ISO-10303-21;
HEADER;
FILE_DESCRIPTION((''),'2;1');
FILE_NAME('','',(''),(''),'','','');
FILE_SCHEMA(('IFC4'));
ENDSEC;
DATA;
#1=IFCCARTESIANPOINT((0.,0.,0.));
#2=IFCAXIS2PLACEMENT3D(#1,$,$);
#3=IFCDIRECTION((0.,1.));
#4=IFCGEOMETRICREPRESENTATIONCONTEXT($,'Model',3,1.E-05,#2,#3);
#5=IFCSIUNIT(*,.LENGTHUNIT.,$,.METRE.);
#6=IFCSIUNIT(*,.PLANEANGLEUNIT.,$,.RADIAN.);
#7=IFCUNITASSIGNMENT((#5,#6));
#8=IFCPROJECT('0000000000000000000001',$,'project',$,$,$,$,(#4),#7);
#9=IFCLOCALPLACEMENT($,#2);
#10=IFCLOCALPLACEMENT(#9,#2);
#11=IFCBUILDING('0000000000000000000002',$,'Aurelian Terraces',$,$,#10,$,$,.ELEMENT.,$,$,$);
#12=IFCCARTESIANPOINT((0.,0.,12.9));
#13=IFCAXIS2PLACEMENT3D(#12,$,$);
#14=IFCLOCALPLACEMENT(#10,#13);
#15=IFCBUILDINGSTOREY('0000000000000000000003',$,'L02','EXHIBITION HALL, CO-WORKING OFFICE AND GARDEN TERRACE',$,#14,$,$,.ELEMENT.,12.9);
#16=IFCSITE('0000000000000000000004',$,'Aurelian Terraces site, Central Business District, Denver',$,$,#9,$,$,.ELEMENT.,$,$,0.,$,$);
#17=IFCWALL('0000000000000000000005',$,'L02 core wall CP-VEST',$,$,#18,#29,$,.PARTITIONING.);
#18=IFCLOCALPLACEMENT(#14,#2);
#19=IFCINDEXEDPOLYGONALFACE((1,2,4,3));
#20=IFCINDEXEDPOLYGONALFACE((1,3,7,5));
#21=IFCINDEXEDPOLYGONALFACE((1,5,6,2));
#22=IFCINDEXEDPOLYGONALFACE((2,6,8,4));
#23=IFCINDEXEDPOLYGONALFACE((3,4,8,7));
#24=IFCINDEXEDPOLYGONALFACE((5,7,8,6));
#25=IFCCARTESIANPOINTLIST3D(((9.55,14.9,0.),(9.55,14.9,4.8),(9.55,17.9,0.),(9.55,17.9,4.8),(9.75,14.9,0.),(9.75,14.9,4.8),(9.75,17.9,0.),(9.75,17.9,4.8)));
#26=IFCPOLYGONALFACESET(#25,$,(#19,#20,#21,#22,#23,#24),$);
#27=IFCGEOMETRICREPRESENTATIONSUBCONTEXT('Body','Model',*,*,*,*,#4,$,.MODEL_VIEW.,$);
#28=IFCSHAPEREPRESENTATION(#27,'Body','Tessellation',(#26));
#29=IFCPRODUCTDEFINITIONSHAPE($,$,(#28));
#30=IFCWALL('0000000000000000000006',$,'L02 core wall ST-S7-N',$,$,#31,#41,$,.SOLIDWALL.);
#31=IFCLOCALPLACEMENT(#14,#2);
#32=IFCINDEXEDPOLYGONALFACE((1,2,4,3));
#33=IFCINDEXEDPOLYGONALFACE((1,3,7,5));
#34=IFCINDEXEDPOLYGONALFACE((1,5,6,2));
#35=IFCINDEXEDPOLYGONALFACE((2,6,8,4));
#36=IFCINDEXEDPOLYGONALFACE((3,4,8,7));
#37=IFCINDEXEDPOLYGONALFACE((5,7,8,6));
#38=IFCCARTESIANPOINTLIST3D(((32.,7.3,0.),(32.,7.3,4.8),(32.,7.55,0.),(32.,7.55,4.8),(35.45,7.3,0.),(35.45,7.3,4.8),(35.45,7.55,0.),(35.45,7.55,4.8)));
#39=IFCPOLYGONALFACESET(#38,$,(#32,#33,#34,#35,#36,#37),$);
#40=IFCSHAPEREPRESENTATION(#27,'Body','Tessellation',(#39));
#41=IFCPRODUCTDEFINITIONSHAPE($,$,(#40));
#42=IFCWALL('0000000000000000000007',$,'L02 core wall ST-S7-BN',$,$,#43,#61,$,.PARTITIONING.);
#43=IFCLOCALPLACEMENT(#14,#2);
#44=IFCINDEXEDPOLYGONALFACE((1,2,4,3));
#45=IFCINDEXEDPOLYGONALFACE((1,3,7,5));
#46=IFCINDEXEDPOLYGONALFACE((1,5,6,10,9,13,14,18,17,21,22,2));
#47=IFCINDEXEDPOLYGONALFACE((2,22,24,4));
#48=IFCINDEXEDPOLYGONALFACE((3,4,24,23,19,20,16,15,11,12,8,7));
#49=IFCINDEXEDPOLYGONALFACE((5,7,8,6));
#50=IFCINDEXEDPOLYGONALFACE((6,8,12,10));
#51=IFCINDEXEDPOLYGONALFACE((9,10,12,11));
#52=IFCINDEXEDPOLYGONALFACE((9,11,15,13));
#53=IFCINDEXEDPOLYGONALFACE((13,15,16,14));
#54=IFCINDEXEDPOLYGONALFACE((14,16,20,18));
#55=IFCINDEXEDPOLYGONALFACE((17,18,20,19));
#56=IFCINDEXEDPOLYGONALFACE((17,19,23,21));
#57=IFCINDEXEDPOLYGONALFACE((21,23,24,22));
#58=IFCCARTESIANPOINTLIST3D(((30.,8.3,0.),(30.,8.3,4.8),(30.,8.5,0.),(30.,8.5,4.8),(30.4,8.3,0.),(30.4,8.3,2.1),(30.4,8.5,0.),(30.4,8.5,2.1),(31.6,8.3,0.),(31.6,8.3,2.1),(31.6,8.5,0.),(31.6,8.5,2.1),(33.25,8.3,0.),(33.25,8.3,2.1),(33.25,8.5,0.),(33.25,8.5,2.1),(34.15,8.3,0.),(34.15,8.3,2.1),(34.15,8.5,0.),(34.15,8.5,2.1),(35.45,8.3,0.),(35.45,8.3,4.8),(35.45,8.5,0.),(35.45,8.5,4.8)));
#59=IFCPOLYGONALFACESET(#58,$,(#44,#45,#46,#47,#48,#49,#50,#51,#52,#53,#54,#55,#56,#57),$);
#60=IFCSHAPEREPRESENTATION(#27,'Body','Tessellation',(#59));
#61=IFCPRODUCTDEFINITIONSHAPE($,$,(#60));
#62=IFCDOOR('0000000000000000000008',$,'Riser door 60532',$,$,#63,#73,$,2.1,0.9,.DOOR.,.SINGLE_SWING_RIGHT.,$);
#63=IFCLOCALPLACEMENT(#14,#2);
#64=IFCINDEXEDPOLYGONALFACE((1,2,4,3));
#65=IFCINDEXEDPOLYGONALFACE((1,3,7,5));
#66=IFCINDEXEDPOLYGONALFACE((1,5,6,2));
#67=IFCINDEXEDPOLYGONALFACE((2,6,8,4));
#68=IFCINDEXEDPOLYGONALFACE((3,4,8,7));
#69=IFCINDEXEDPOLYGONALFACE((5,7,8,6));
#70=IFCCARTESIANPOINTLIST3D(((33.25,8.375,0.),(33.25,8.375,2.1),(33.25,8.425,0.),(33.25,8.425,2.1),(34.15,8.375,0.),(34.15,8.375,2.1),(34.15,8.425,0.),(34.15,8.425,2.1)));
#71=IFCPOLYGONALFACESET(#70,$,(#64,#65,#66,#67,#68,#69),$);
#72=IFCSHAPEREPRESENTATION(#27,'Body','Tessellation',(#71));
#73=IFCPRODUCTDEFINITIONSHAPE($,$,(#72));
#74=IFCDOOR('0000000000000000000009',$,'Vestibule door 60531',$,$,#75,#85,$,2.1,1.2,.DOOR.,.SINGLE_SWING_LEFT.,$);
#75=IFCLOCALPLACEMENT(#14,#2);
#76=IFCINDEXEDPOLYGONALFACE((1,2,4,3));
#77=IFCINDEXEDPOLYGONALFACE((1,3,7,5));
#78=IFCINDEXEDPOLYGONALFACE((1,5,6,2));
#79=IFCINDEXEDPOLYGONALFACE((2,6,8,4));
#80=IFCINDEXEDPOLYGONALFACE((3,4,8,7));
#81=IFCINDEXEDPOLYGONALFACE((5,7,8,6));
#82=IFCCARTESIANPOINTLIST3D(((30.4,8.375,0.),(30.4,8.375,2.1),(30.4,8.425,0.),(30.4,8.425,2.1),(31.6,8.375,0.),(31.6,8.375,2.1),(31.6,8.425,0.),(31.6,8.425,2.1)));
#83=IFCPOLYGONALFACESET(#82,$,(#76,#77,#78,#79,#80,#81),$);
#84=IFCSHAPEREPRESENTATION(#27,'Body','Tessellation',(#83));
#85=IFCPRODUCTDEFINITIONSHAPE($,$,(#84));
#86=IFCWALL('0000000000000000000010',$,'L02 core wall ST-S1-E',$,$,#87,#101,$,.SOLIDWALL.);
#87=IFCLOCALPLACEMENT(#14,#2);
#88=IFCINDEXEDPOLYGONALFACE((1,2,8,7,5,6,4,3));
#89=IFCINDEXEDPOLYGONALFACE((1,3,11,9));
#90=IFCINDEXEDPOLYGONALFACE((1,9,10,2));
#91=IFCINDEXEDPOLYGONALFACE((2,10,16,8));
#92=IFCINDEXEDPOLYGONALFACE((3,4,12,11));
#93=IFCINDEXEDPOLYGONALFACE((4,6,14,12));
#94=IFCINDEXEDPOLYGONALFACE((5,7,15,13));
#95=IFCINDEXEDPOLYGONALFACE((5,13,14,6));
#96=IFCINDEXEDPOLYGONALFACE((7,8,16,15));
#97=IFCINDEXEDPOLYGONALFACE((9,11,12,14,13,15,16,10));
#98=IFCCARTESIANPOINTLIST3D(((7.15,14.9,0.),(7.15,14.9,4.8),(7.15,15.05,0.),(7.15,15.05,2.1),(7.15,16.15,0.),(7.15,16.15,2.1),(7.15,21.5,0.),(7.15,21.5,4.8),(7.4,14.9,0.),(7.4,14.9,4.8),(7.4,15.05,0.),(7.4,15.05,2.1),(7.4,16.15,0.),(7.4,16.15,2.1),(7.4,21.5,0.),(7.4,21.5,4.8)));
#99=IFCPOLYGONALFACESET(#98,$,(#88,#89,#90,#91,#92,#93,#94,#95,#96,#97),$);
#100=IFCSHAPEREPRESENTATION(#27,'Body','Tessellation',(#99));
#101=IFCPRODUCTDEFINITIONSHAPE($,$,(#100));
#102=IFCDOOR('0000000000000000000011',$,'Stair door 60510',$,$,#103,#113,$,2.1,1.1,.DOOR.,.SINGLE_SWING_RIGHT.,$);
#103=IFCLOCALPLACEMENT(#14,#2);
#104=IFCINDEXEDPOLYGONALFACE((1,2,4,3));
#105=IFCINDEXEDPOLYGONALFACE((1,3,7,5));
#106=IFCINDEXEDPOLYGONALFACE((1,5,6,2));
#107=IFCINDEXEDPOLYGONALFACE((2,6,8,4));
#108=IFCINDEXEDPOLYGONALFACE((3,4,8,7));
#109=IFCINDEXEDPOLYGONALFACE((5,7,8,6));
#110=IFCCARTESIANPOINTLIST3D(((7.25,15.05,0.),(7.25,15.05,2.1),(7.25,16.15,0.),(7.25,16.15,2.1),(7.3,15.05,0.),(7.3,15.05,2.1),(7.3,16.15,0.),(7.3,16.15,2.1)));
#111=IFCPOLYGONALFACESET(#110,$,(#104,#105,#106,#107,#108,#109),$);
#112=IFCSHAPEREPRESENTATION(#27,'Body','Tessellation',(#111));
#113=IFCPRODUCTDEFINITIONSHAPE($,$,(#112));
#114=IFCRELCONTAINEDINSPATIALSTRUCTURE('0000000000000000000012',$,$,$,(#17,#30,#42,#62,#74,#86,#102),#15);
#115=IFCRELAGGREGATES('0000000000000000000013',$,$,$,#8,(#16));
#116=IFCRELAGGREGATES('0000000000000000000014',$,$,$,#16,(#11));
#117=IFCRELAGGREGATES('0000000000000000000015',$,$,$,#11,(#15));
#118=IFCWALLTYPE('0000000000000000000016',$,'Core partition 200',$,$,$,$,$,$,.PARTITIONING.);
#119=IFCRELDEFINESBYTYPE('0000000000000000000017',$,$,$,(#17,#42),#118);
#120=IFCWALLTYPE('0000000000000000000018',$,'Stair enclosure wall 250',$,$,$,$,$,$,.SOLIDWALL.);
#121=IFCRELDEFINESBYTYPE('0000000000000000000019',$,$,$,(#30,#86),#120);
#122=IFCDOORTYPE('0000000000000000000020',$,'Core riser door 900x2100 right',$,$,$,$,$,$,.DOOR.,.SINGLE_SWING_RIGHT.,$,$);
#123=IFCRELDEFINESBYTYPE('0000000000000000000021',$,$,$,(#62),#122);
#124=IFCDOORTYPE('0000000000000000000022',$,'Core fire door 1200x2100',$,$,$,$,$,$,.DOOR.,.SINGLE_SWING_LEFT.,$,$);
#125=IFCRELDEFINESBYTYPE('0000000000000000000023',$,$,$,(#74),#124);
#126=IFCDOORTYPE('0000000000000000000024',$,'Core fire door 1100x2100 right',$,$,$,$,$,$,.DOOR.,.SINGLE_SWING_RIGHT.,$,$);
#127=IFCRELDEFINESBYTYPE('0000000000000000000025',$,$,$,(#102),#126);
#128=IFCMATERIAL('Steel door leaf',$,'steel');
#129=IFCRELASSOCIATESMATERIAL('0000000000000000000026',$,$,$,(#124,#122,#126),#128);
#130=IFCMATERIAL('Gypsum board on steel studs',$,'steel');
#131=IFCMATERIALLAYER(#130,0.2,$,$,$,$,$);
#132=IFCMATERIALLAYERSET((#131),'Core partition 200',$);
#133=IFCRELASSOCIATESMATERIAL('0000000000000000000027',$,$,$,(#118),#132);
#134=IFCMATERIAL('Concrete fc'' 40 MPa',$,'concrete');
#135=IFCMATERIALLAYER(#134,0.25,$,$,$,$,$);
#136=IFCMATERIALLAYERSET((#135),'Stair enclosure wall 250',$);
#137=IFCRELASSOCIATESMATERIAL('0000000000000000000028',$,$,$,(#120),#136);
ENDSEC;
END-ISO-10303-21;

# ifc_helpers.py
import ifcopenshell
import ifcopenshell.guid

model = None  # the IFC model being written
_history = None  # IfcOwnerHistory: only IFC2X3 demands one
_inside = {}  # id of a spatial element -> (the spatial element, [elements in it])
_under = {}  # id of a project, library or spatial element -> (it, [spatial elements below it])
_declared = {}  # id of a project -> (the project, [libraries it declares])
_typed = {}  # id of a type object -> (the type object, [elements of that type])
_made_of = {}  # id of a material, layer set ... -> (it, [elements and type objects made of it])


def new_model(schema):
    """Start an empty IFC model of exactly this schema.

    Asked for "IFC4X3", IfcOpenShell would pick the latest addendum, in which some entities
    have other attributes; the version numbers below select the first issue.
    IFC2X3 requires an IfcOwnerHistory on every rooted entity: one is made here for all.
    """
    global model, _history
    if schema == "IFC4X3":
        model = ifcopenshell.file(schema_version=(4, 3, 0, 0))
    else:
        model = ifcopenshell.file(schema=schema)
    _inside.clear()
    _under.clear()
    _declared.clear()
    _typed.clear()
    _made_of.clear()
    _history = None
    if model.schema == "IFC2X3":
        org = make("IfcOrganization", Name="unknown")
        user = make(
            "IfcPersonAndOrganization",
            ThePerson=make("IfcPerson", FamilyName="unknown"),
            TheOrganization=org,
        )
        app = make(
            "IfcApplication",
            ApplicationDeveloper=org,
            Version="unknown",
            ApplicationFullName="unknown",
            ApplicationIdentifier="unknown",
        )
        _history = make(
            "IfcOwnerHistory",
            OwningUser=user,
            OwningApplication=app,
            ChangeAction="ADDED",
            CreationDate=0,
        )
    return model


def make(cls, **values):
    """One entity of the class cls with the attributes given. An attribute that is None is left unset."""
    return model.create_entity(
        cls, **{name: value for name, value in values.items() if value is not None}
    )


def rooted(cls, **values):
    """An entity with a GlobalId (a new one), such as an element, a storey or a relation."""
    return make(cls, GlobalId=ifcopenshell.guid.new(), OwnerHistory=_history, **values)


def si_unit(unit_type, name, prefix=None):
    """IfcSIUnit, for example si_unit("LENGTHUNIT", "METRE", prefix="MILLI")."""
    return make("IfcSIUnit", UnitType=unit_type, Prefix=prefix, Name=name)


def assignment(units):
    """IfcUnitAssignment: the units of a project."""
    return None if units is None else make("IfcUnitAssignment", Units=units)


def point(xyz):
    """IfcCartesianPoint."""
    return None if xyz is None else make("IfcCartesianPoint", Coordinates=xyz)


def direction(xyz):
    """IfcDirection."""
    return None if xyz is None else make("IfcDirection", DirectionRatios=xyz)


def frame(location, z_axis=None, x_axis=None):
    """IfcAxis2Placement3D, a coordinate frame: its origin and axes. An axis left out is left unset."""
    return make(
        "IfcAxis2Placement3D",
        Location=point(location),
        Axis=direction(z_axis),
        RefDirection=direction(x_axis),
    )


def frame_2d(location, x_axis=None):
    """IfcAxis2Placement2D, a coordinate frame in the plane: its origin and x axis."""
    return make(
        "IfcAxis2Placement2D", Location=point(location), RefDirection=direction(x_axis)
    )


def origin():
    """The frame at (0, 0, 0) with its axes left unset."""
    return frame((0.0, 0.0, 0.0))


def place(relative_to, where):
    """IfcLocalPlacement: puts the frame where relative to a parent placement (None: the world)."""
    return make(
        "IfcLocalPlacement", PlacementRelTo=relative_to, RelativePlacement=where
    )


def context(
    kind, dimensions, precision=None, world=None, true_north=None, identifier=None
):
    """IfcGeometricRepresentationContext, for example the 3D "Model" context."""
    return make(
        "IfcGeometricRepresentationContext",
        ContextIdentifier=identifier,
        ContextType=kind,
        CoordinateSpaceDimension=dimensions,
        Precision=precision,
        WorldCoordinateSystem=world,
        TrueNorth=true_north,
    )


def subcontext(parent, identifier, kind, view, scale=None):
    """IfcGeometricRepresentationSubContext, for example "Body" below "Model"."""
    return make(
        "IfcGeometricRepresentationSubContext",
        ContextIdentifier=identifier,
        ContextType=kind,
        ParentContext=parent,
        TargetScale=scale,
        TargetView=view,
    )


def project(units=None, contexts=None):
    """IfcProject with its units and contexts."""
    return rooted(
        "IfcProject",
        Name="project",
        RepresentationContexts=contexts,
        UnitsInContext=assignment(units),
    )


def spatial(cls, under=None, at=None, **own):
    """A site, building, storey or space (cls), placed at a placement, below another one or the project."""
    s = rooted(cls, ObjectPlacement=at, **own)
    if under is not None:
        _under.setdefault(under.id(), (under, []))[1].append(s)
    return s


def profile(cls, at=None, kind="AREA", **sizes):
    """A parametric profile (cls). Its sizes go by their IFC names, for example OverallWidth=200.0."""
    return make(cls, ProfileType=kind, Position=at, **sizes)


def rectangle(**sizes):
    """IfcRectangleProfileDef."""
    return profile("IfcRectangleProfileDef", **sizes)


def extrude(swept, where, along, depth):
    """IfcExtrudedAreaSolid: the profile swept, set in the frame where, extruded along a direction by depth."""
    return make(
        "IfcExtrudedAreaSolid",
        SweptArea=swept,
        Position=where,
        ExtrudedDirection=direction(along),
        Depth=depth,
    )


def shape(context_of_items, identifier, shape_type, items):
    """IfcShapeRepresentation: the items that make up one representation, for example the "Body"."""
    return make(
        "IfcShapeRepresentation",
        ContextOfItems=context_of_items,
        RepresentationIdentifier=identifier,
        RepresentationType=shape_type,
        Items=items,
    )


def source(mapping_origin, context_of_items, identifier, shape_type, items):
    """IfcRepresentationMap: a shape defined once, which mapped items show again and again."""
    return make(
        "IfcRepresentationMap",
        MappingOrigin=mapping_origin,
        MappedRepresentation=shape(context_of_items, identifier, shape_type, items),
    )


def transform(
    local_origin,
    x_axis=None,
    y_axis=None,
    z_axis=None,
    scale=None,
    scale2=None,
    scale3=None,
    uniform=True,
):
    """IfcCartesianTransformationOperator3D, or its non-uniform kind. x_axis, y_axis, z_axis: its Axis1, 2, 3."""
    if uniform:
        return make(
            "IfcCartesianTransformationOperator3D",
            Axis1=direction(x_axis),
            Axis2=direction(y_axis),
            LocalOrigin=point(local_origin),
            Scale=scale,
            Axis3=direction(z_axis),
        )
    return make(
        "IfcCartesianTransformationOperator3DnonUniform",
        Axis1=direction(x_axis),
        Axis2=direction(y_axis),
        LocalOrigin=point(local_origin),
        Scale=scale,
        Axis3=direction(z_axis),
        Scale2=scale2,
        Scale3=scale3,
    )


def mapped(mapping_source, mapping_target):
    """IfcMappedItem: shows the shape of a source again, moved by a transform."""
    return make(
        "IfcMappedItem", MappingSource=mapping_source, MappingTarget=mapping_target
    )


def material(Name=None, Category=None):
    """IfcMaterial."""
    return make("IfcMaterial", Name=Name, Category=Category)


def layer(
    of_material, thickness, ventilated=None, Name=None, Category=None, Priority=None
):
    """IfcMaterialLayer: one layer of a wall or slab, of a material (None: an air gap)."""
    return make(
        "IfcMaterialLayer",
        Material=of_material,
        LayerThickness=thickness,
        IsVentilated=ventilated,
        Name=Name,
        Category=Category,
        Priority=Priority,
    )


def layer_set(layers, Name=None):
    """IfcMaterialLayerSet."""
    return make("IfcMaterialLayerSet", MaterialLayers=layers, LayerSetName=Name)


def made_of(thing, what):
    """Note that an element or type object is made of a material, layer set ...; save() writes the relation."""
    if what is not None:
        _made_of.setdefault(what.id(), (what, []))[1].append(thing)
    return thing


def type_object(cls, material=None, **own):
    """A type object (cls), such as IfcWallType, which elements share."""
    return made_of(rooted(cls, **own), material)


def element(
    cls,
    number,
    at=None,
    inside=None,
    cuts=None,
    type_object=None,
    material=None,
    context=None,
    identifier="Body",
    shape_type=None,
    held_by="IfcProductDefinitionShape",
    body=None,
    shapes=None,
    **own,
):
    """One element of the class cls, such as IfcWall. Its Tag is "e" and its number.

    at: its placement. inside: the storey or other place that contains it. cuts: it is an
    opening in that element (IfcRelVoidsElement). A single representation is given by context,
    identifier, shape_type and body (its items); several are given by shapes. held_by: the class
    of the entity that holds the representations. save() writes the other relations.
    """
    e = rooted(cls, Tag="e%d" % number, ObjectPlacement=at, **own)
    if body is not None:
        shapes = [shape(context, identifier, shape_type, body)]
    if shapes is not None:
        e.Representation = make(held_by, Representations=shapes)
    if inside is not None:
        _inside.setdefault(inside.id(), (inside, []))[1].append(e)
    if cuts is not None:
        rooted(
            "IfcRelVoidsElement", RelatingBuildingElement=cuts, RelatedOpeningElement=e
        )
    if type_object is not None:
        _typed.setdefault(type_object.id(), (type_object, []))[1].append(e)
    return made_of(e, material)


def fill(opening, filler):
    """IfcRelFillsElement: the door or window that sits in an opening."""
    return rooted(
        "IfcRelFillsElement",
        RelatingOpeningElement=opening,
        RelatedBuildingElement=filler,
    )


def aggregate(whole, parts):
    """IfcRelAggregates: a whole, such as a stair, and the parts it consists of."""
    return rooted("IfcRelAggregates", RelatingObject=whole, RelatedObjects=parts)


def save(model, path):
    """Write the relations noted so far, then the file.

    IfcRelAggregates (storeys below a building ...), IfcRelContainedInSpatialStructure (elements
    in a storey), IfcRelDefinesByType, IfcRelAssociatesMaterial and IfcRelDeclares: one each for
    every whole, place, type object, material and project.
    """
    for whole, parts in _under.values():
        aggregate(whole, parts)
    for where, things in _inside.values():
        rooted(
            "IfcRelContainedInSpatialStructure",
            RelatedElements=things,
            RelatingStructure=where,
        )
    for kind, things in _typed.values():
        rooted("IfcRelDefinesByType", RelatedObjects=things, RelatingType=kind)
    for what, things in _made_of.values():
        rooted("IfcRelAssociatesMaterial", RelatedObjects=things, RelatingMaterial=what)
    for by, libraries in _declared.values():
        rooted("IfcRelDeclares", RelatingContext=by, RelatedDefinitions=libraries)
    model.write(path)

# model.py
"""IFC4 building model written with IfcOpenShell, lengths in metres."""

from ifc_helpers import new_model, si_unit, direction, frame, frame_2d, origin, place, context, subcontext, project, spatial, rectangle, extrude, source, transform, mapped, material, layer, layer_set, type_object, element, fill, save


model = new_model("IFC4")

# Units and contexts
model_context = context("Model", 3, precision=1e-05, world=origin(), true_north=direction((0.0, 1.0)))
body_context = subcontext(model_context, "Body", "Model", "MODEL_VIEW")
ifc_project = project(units=[si_unit("LENGTHUNIT", "METRE"), si_unit("PLANEANGLEUNIT", "RADIAN")], contexts=[model_context])

# Site, building, storey
site_placement = place(None, origin())
site = spatial("IfcSite", under=ifc_project, at=site_placement, Name="Aurelian Terraces site, Central Business District, Denver", CompositionType="ELEMENT", RefElevation=0.0)
building_placement = place(site_placement, origin())
building = spatial("IfcBuilding", under=site, at=building_placement, Name="Aurelian Terraces", CompositionType="ELEMENT")
storey_placement = place(building_placement, frame((0.0, 0.0, 12.9)))
storey = spatial("IfcBuildingStorey", under=building, at=storey_placement, Name="L02", Description="EXHIBITION HALL, CO-WORKING OFFICE AND GARDEN TERRACE", CompositionType="ELEMENT", Elevation=12.9)

# Shared definitions
ifc_material_1 = material(Name="Steel door leaf", Category="steel")
door_type_1 = type_object("IfcDoorType", Name="Core fire door 1200x2100", OperationType="SINGLE_SWING_LEFT", PredefinedType="DOOR", material=ifc_material_1)
shared_shape_1 = source(origin(), body_context, "Body", "SweptSolid", [
    extrude(rectangle(XDim=1.2, YDim=2.1, at=frame_2d((0.6, 1.05))), frame((0.0, 0.025, 0.0), z_axis=(0.0, -1.0, 0.0), x_axis=(1.0, 0.0, 0.0)), (0.0, 0.0, 1.0), 0.05),
])

# Walls
ifc_material_2 = material(Name="Concrete fc' 40 MPa", Category="concrete")
ifc_material_3 = material(Name="Gypsum board on steel studs", Category="steel")
ifc_layer_1 = layer(ifc_material_3, 0.2)
ifc_layer_set_1 = layer_set([ifc_layer_1], Name="Core partition 200")
wall_type_1 = type_object("IfcWallType", Name="Core partition 200", PredefinedType="PARTITIONING", material=ifc_layer_set_1)
shared_shape_2 = source(origin(), body_context, "Body", "SweptSolid", [
    extrude(rectangle(XDim=3.0, YDim=0.2, at=frame_2d((1.5, 0.0))), origin(), (0.0, 0.0, 1.0), 4.8),
])
wall_1_placement = place(storey_placement, frame((9.65, 14.9, 0.0), z_axis=(0.0, 0.0, 1.0), x_axis=(0.0, 1.0, 0.0)))
element("IfcWall", 1, at=wall_1_placement, inside=storey, type_object=wall_type_1, Name="L02 core wall CP-VEST", PredefinedType="PARTITIONING", context=body_context, shape_type="MappedRepresentation", body=[
    mapped(shared_shape_2, transform((0.0, 0.0, 0.0), scale=1.0)),
])
ifc_layer_2 = layer(ifc_material_2, 0.25)
ifc_layer_set_2 = layer_set([ifc_layer_2], Name="Stair enclosure wall 250")
wall_type_2 = type_object("IfcWallType", Name="Stair enclosure wall 250", PredefinedType="SOLIDWALL", material=ifc_layer_set_2)
shared_shape_3 = source(origin(), body_context, "Body", "SweptSolid", [
    extrude(rectangle(XDim=3.45, YDim=0.25, at=frame_2d((1.725, 0.0))), origin(), (0.0, 0.0, 1.0), 4.8),
])
wall_2_placement = place(storey_placement, frame((32.0, 7.425, 0.0), z_axis=(0.0, 0.0, 1.0), x_axis=(1.0, 0.0, 0.0)))
element("IfcWall", 2, at=wall_2_placement, inside=storey, type_object=wall_type_2, Name="L02 core wall ST-S7-N", PredefinedType="SOLIDWALL", context=body_context, shape_type="MappedRepresentation", body=[
    mapped(shared_shape_3, transform((0.0, 0.0, 0.0), scale=1.0)),
])

# Wall, openings, doors
shared_shape_4 = source(origin(), body_context, "Body", "SweptSolid", [
    extrude(rectangle(XDim=5.45, YDim=0.2, at=frame_2d((2.725, 0.0))), origin(), (0.0, 0.0, 1.0), 4.8),
])
wall_3_placement = place(storey_placement, frame((30.0, 8.4, 0.0), z_axis=(0.0, 0.0, 1.0), x_axis=(1.0, 0.0, 0.0)))
wall_3 = element("IfcWall", 3, at=wall_3_placement, inside=storey, type_object=wall_type_1, Name="L02 core wall ST-S7-BN", PredefinedType="PARTITIONING", context=body_context, shape_type="MappedRepresentation", body=[
    mapped(shared_shape_4, transform((0.0, 0.0, 0.0), scale=1.0)),
])
shared_shape_5 = source(origin(), body_context, "Body", "SweptSolid", [
    extrude(rectangle(XDim=1.2, YDim=2.1, at=frame_2d((0.6, 1.05))), frame((0.0, 0.11, 0.0), z_axis=(0.0, -1.0, 0.0), x_axis=(1.0, 0.0, 0.0)), (0.0, 0.0, 1.0), 0.22),
])
opening_1_placement = place(wall_3_placement, frame((0.4, 0.0, 0.0)))
opening_1 = element("IfcOpeningElement", 4, at=opening_1_placement, cuts=wall_3, PredefinedType="OPENING", context=body_context, shape_type="MappedRepresentation", body=[
    mapped(shared_shape_5, transform((0.0, 0.0, 0.0), scale=1.0)),
])
shared_shape_6 = source(origin(), body_context, "Body", "SweptSolid", [
    extrude(rectangle(XDim=0.9, YDim=2.1, at=frame_2d((0.45, 1.05))), frame((0.0, 0.11, 0.0), z_axis=(0.0, -1.0, 0.0), x_axis=(1.0, 0.0, 0.0)), (0.0, 0.0, 1.0), 0.22),
])
opening_2_placement = place(wall_3_placement, frame((3.25, 0.0, 0.0)))
opening_2 = element("IfcOpeningElement", 5, at=opening_2_placement, cuts=wall_3, PredefinedType="OPENING", context=body_context, shape_type="MappedRepresentation", body=[
    mapped(shared_shape_6, transform((0.0, 0.0, 0.0), scale=1.0)),
])
door_type_2 = type_object("IfcDoorType", Name="Core riser door 900x2100 right", OperationType="SINGLE_SWING_RIGHT", PredefinedType="DOOR", material=ifc_material_1)
shared_shape_7 = source(origin(), body_context, "Body", "SweptSolid", [
    extrude(rectangle(XDim=0.9, YDim=2.1, at=frame_2d((0.45, 1.05))), frame((0.0, 0.025, 0.0), z_axis=(0.0, -1.0, 0.0), x_axis=(1.0, 0.0, 0.0)), (0.0, 0.0, 1.0), 0.05),
])
door_1_placement = place(opening_2_placement, origin())
door_1 = element("IfcDoor", 6, at=door_1_placement, inside=storey, type_object=door_type_2, Name="Riser door 60532", OperationType="SINGLE_SWING_RIGHT", OverallHeight=2.1, OverallWidth=0.9, PredefinedType="DOOR", context=body_context, shape_type="MappedRepresentation", body=[
    mapped(shared_shape_7, transform((0.0, 0.0, 0.0), scale=1.0)),
])
fill(opening_2, door_1)
door_2_placement = place(opening_1_placement, origin())
door_2 = element("IfcDoor", 7, at=door_2_placement, inside=storey, type_object=door_type_1, Name="Vestibule door 60531", OperationType="SINGLE_SWING_LEFT", OverallHeight=2.1, OverallWidth=1.2, PredefinedType="DOOR", context=body_context, shape_type="MappedRepresentation", body=[
    mapped(shared_shape_1, transform((0.0, 0.0, 0.0), scale=1.0)),
])
fill(opening_1, door_2)

# Wall, opening, door
shared_shape_8 = source(origin(), body_context, "Body", "SweptSolid", [
    extrude(rectangle(XDim=6.6, YDim=0.25, at=frame_2d((3.3, 0.0))), origin(), (0.0, 0.0, 1.0), 4.8),
])
wall_4_placement = place(storey_placement, frame((7.275, 14.9, 0.0), z_axis=(0.0, 0.0, 1.0), x_axis=(0.0, 1.0, 0.0)))
wall_4 = element("IfcWall", 8, at=wall_4_placement, inside=storey, type_object=wall_type_2, Name="L02 core wall ST-S1-E", PredefinedType="SOLIDWALL", context=body_context, shape_type="MappedRepresentation", body=[
    mapped(shared_shape_8, transform((0.0, 0.0, 0.0), scale=1.0)),
])
shared_shape_9 = source(origin(), body_context, "Body", "SweptSolid", [
    extrude(rectangle(XDim=1.1, YDim=2.1, at=frame_2d((0.55, 1.05))), frame((0.0, 0.135, 0.0), z_axis=(0.0, -1.0, 0.0), x_axis=(1.0, 0.0, 0.0)), (0.0, 0.0, 1.0), 0.27),
])
opening_3_placement = place(wall_4_placement, frame((0.15, 0.0, 0.0)))
opening_3 = element("IfcOpeningElement", 9, at=opening_3_placement, cuts=wall_4, PredefinedType="OPENING", context=body_context, shape_type="MappedRepresentation", body=[
    mapped(shared_shape_9, transform((0.0, 0.0, 0.0), scale=1.0)),
])
door_type_3 = type_object("IfcDoorType", Name="Core fire door 1100x2100 right", OperationType="SINGLE_SWING_RIGHT", PredefinedType="DOOR", material=ifc_material_1)
shared_shape_10 = source(origin(), body_context, "Body", "SweptSolid", [
    extrude(rectangle(XDim=1.1, YDim=2.1, at=frame_2d((0.55, 1.05))), frame((0.0, 0.025, 0.0), z_axis=(0.0, -1.0, 0.0), x_axis=(1.0, 0.0, 0.0)), (0.0, 0.0, 1.0), 0.05),
])
door_3_placement = place(opening_3_placement, origin())
door_3 = element("IfcDoor", 10, at=door_3_placement, inside=storey, type_object=door_type_3, Name="Stair door 60510", OperationType="SINGLE_SWING_RIGHT", OverallHeight=2.1, OverallWidth=1.1, PredefinedType="DOOR", context=body_context, shape_type="MappedRepresentation", body=[
    mapped(shared_shape_10, transform((0.0, 0.0, 0.0), scale=1.0)),
])
fill(opening_3, door_3)

save(model, "model.ifc")
